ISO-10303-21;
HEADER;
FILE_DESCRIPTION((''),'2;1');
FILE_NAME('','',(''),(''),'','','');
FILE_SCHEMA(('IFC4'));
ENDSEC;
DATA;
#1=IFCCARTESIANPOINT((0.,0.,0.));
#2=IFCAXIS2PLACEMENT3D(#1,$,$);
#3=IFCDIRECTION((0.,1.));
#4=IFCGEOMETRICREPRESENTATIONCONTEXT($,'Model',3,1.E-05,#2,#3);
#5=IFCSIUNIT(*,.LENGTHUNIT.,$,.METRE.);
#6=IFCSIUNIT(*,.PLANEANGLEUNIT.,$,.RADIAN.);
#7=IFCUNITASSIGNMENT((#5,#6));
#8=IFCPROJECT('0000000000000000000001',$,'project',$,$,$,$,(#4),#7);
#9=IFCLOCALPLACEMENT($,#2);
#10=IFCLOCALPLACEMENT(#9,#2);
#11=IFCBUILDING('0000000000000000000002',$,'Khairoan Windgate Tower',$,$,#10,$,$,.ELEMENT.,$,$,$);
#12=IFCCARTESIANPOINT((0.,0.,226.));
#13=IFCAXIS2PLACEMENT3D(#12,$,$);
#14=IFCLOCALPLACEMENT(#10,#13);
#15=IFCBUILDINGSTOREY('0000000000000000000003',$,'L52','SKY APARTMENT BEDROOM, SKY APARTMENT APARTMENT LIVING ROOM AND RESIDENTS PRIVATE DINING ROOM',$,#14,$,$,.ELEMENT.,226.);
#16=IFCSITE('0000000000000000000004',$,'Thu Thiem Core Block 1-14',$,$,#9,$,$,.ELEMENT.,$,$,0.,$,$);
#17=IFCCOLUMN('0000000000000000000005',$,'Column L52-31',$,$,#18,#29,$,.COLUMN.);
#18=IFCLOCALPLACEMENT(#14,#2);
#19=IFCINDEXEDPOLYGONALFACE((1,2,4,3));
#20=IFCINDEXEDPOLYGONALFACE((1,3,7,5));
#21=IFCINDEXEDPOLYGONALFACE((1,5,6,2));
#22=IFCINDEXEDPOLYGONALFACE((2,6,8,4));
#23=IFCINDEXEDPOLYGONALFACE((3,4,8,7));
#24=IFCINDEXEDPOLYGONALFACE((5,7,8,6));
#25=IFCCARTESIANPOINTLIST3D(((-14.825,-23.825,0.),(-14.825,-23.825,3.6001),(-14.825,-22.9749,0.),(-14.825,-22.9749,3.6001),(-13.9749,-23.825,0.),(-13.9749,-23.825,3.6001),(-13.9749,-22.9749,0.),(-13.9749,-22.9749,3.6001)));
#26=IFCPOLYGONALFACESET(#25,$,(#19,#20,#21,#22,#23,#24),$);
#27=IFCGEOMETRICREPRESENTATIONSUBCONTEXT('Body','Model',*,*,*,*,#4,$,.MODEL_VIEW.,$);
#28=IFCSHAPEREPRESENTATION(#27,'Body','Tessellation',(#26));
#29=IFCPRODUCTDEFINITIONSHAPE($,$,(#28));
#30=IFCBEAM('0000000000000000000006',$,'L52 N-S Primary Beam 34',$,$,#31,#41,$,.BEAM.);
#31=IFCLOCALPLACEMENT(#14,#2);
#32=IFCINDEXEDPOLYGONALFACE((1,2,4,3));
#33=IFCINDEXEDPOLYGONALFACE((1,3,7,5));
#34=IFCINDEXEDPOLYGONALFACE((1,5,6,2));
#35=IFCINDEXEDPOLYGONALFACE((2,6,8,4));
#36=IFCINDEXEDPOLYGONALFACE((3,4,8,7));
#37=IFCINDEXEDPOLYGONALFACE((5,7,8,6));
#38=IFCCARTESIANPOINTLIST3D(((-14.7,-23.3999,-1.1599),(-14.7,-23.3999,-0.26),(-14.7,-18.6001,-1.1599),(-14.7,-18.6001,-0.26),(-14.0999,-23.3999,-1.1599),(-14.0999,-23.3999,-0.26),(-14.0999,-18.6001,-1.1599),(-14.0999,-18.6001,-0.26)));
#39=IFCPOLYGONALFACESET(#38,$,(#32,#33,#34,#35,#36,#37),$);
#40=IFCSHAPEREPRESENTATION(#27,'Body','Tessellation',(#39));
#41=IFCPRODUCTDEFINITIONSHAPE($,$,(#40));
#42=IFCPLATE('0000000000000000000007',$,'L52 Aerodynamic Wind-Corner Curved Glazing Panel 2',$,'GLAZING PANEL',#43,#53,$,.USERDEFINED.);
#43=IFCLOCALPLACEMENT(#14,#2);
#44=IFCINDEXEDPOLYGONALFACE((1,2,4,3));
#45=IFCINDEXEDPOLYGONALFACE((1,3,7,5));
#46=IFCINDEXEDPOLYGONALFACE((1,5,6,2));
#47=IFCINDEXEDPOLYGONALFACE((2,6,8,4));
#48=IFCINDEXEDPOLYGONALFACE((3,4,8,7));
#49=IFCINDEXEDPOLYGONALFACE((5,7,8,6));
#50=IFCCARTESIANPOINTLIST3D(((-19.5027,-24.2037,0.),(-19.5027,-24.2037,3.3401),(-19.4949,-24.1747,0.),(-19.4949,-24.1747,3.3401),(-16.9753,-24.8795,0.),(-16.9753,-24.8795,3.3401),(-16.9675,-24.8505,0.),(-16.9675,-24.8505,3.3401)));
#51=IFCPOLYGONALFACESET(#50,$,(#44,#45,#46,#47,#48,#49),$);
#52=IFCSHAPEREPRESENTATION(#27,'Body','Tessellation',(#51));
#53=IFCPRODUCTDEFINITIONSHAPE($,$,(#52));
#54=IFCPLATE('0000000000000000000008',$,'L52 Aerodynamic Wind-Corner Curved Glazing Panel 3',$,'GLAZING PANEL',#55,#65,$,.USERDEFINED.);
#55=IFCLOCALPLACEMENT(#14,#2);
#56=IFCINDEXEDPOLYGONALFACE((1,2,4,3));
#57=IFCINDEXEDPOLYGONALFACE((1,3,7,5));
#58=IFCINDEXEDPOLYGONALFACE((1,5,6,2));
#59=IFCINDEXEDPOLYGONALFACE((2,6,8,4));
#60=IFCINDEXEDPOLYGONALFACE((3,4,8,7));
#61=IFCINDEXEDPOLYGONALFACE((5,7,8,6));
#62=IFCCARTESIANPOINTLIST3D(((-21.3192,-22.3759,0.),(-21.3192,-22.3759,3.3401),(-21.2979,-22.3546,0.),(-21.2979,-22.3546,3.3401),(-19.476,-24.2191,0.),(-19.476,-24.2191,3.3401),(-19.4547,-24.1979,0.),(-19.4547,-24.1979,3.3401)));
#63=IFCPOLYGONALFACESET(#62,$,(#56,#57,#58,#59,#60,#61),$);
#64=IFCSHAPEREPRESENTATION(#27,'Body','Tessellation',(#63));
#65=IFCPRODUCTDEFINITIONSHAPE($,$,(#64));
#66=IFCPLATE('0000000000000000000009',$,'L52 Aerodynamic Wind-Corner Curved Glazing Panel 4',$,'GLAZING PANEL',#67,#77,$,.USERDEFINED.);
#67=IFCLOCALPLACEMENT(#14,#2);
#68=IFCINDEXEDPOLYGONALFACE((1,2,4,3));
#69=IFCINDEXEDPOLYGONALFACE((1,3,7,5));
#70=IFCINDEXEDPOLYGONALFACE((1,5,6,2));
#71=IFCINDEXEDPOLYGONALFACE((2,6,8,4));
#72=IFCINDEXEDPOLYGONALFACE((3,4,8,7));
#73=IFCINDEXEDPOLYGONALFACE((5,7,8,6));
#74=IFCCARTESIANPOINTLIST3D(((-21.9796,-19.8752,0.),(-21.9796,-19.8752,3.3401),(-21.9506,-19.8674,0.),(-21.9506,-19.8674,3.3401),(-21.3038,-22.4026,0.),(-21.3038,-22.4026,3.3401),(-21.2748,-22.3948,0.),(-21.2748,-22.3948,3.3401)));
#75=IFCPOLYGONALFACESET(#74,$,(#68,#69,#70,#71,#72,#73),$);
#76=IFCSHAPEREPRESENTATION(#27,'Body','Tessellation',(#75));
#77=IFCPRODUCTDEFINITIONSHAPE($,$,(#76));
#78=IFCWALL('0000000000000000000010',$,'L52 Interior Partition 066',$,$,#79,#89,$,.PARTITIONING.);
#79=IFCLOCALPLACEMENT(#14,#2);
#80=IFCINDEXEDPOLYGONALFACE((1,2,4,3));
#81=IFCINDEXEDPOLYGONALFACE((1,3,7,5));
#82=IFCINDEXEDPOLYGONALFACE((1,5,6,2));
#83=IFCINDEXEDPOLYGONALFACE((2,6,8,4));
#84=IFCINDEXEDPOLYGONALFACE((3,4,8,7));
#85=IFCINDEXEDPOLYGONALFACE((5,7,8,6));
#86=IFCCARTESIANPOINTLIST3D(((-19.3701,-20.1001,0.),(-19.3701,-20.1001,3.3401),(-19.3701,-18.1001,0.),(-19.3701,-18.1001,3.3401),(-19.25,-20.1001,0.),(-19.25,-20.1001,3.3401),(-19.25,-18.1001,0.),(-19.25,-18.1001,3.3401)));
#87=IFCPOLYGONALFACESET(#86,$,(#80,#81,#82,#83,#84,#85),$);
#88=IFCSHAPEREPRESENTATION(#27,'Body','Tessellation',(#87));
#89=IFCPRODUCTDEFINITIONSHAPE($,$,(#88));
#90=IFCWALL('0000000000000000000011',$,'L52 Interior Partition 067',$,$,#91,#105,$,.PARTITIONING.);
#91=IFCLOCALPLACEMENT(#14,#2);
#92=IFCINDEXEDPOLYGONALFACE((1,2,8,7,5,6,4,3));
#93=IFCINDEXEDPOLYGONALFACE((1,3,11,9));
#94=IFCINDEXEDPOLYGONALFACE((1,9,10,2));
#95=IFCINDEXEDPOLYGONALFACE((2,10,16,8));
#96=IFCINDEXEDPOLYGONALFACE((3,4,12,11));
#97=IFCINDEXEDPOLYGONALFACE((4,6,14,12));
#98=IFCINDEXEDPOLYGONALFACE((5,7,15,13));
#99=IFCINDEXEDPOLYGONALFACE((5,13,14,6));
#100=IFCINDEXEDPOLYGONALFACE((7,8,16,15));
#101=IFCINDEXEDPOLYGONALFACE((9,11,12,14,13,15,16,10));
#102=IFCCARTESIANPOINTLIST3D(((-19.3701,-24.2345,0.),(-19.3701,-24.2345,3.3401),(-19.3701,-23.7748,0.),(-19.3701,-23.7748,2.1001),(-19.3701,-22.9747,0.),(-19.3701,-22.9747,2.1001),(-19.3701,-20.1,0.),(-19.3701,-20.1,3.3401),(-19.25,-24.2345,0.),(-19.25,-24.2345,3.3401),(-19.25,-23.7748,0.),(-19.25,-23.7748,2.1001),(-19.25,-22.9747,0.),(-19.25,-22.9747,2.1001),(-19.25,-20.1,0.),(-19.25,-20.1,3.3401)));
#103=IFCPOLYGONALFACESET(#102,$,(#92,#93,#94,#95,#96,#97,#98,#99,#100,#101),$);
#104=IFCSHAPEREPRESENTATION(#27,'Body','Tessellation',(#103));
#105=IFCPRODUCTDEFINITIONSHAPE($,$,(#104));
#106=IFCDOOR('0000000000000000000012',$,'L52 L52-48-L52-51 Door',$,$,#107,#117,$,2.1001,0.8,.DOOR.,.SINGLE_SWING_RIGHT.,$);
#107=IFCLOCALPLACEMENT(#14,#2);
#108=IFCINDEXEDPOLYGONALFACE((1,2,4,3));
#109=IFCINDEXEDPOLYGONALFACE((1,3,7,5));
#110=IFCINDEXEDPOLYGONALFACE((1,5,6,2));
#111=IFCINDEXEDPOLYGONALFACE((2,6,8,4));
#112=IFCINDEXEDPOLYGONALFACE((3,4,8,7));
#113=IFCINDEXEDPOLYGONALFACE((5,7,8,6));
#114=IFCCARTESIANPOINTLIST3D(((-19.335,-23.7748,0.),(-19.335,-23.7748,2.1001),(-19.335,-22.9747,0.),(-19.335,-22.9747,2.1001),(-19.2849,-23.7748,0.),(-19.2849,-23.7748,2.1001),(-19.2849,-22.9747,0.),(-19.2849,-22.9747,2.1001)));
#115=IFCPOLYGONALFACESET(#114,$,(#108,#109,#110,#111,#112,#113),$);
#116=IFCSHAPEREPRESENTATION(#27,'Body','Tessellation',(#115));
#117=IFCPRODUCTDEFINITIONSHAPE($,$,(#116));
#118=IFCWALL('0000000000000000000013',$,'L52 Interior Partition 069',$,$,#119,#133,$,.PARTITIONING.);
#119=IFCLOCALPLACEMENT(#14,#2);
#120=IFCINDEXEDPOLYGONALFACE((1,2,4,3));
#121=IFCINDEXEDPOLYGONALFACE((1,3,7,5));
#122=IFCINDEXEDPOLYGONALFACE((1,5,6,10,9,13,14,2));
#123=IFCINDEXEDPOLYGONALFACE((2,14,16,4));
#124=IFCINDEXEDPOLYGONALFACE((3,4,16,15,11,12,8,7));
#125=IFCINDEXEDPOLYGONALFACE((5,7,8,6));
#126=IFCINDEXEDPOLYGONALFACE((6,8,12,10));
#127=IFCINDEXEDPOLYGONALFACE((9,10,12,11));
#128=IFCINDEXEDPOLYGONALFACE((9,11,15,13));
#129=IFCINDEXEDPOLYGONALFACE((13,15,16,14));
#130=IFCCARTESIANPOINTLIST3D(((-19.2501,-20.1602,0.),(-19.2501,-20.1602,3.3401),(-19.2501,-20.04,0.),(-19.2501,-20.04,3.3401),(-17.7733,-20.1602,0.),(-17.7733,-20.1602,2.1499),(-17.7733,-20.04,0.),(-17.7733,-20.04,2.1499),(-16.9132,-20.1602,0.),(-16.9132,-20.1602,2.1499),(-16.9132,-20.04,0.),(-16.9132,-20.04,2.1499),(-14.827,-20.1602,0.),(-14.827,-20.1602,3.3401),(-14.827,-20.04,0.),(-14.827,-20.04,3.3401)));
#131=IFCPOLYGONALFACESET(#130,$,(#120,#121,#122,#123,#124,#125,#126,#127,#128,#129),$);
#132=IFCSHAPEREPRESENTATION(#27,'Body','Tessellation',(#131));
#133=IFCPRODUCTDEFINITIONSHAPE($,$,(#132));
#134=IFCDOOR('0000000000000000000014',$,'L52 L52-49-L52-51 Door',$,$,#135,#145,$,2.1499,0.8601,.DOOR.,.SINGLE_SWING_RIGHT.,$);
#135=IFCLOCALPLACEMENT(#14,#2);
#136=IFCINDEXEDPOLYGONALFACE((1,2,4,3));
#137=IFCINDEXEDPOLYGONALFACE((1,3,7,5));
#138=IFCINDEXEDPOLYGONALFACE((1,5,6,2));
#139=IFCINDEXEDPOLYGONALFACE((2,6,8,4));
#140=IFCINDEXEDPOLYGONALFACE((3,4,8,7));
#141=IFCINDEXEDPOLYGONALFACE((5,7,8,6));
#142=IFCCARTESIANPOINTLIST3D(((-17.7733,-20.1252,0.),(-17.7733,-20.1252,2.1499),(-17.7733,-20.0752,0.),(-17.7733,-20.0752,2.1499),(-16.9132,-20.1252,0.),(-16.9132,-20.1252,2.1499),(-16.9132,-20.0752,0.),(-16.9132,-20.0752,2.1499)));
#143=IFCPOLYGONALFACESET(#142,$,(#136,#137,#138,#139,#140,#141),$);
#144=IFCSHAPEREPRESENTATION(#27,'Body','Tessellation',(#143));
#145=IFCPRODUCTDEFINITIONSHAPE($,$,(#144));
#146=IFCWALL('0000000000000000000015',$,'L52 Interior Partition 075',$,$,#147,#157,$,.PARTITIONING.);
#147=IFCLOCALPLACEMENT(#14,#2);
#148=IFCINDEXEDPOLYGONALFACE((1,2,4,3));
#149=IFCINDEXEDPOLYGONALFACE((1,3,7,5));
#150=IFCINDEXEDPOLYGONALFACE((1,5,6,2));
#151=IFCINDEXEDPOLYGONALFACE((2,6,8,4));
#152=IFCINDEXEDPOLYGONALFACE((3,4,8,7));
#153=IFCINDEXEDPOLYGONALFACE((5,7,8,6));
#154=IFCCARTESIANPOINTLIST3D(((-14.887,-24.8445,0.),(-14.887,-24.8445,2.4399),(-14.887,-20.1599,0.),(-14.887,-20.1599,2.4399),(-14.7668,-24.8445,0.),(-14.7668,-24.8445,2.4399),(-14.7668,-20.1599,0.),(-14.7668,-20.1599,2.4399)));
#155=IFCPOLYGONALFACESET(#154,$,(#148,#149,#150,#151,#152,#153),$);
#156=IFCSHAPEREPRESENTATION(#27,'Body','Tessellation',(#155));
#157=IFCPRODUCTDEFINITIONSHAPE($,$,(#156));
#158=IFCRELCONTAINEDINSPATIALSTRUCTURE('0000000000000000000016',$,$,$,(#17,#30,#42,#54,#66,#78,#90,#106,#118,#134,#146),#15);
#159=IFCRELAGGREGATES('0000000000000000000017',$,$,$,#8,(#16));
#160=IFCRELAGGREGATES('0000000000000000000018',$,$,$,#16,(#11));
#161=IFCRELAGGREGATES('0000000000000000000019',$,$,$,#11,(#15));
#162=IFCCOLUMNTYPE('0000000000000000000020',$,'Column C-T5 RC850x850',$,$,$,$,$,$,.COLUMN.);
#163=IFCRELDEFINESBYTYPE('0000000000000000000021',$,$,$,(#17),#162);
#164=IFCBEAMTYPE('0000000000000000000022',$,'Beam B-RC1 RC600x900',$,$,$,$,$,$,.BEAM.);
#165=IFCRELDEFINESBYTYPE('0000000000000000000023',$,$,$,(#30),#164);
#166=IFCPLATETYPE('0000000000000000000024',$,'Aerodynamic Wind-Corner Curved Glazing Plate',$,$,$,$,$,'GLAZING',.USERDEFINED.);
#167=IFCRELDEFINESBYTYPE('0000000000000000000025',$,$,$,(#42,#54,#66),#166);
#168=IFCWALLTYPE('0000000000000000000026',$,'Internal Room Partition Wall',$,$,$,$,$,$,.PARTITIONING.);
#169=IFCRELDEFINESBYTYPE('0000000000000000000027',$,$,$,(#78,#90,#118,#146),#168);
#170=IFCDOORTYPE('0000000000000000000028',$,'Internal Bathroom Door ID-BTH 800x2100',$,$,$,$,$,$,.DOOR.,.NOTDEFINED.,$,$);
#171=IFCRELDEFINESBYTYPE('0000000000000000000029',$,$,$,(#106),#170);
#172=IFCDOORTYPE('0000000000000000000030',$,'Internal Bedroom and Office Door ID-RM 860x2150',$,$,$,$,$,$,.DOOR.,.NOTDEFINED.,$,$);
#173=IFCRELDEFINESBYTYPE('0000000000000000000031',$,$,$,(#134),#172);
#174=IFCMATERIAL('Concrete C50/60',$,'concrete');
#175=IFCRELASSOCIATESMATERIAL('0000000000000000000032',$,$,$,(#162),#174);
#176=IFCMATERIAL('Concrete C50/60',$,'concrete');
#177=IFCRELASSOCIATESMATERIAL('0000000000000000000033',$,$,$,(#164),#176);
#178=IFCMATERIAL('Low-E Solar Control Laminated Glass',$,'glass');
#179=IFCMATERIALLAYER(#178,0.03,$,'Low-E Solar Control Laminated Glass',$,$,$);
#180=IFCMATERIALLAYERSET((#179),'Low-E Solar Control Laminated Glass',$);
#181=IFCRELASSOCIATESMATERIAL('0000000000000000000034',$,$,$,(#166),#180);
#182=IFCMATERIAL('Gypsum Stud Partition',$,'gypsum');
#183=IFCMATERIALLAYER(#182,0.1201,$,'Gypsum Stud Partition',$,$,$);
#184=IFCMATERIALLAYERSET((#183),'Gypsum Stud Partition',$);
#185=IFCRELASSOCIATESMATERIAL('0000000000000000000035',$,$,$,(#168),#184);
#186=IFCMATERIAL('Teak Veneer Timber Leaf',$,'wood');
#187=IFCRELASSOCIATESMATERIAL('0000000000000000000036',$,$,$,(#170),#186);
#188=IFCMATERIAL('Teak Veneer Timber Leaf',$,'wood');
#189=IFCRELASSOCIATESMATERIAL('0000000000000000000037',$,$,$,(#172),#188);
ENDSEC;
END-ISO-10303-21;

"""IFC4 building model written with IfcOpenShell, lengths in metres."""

from ifc_helpers import new_model, si_unit, direction, frame, frame_2d, origin, origin_2d, place, context, subcontext, project, spatial, rectangle, extrude, material, layer, layer_set, material_profile, profile_set, type_object, element, fill, save


model = new_model("IFC4")

# Units and contexts
model_context = context("Model", 3, precision=1e-05, world=origin(), true_north=direction((0.0, 1.0)))
body_context = subcontext(model_context, "Body", "Model", "MODEL_VIEW")
ifc_project = project(units=[si_unit("LENGTHUNIT", "METRE"), si_unit("PLANEANGLEUNIT", "RADIAN")], contexts=[model_context])

# Site, building, storey
site_placement = place(None, origin())
site = spatial("IfcSite", under=ifc_project, at=site_placement, Name="Thu Thiem Core Block 1-14", CompositionType="ELEMENT", RefElevation=0.0)
building_placement = place(site_placement, origin())
building = spatial("IfcBuilding", under=site, at=building_placement, Name="Khairoan Windgate Tower", CompositionType="ELEMENT")
storey_placement = place(building_placement, frame((0.0, 0.0, 226.0)))
storey = spatial("IfcBuildingStorey", under=building, at=storey_placement, Name="L52", Description="SKY APARTMENT BEDROOM, SKY APARTMENT APARTMENT LIVING ROOM AND RESIDENTS PRIVATE DINING ROOM", CompositionType="ELEMENT", Elevation=226.0)

# Column
ifc_material_1 = material(Name="Concrete C50/60", Category="concrete")
ifc_material_profile_1 = material_profile(ifc_material_1, rectangle(XDim=0.8501, YDim=0.8501, at=origin_2d()))
ifc_profile_set_1 = profile_set([ifc_material_profile_1], Name="Concrete C50/60")
column_type = type_object("IfcColumnType", Name="Column C-T5 RC850x850", PredefinedType="COLUMN", material=ifc_profile_set_1)
column_placement = place(storey_placement, frame((-14.3999, -23.3999, 0.0), z_axis=(0.0, 0.0, 1.0), x_axis=(1.0, 0.0, 0.0)))
element("IfcColumn", 1, at=column_placement, inside=storey, type_object=column_type, Name="Column L52-31", PredefinedType="COLUMN", context=body_context, shape_type="SweptSolid", body=[
    extrude(rectangle(XDim=0.8501, YDim=0.8501, at=origin_2d()), origin(), (0.0, 0.0, 1.0), 3.6001),
])

# Beam
ifc_material_2 = material(Name="Concrete C50/60", Category="concrete")
ifc_material_profile_2 = material_profile(ifc_material_2, rectangle(XDim=0.6001, YDim=0.8999, at=origin_2d()))
ifc_profile_set_2 = profile_set([ifc_material_profile_2], Name="Concrete C50/60")
beam_type = type_object("IfcBeamType", Name="Beam B-RC1 RC600x900", PredefinedType="BEAM", material=ifc_profile_set_2)
beam_placement = place(storey_placement, frame((-14.3999, -23.3999, -0.71), z_axis=(0.0, 1.0, 0.0), x_axis=(-1.0, 0.0, 0.0)))
element("IfcBeam", 2, at=beam_placement, inside=storey, type_object=beam_type, Name="L52 N-S Primary Beam 34", PredefinedType="BEAM", context=body_context, shape_type="SweptSolid", body=[
    extrude(rectangle(XDim=0.6001, YDim=0.8999, at=origin_2d()), origin(), (0.0, 0.0, 1.0), 4.7998),
])

# Plates
ifc_material_3 = material(Name="Low-E Solar Control Laminated Glass", Category="glass")
ifc_layer_1 = layer(ifc_material_3, 0.03, Name="Low-E Solar Control Laminated Glass")
ifc_layer_set_1 = layer_set([ifc_layer_1], Name="Low-E Solar Control Laminated Glass")
plate_type = type_object("IfcPlateType", Name="Aerodynamic Wind-Corner Curved Glazing Plate", ElementType="GLAZING", PredefinedType="USERDEFINED", material=ifc_layer_set_1)
plate_1_placement = place(storey_placement, frame((-18.2351, -24.5271, 0.0), z_axis=(0.0, 0.0, 1.0), x_axis=(-0.966061, 0.258313, 0.0)))
element("IfcPlate", 3, at=plate_1_placement, inside=storey, type_object=plate_type, Name="L52 Aerodynamic Wind-Corner Curved Glazing Panel 2", ObjectType="GLAZING PANEL", PredefinedType="USERDEFINED", context=body_context, shape_type="SweptSolid", body=[
    extrude(rectangle(XDim=2.6162, YDim=0.03, at=origin_2d()), origin(), (0.0, 0.0, 1.0), 3.3401),
])
plate_2_placement = place(storey_placement, frame((-20.387, -23.2869, 0.0), z_axis=(0.0, 0.0, 1.0), x_axis=(-0.707107, 0.707107, 0.0)))
element("IfcPlate", 4, at=plate_2_placement, inside=storey, type_object=plate_type, Name="L52 Aerodynamic Wind-Corner Curved Glazing Panel 3", ObjectType="GLAZING PANEL", PredefinedType="USERDEFINED", context=body_context, shape_type="SweptSolid", body=[
    extrude(rectangle(XDim=2.6067, YDim=0.03, at=origin_2d()), origin(), (0.0, 0.0, 1.0), 3.3401),
])
plate_3_placement = place(storey_placement, frame((-21.6272, -21.135, 0.0), z_axis=(0.0, 0.0, 1.0), x_axis=(-0.258313, 0.966061, 0.0)))
element("IfcPlate", 5, at=plate_3_placement, inside=storey, type_object=plate_type, Name="L52 Aerodynamic Wind-Corner Curved Glazing Panel 4", ObjectType="GLAZING PANEL", PredefinedType="USERDEFINED", context=body_context, shape_type="SweptSolid", body=[
    extrude(rectangle(XDim=2.6162, YDim=0.03, at=origin_2d()), origin(), (0.0, 0.0, 1.0), 3.3401),
])

# Wall
ifc_material_4 = material(Name="Gypsum Stud Partition", Category="gypsum")
ifc_layer_2 = layer(ifc_material_4, 0.1201, Name="Gypsum Stud Partition")
ifc_layer_set_2 = layer_set([ifc_layer_2], Name="Gypsum Stud Partition")
wall_type = type_object("IfcWallType", Name="Internal Room Partition Wall", PredefinedType="PARTITIONING", material=ifc_layer_set_2)
wall_1_placement = place(storey_placement, frame((-19.3101, -20.1001, 0.0), z_axis=(0.0, 0.0, 1.0), x_axis=(0.0, 1.0, 0.0)))
element("IfcWall", 6, at=wall_1_placement, inside=storey, type_object=wall_type, Name="L52 Interior Partition 066", PredefinedType="PARTITIONING", context=body_context, shape_type="SweptSolid", body=[
    extrude(rectangle(XDim=2.0, YDim=0.1201, at=frame_2d((1.0, 0.0))), origin(), (0.0, 0.0, 1.0), 3.3401),
])

# Walls, openings, doors
wall_2_placement = place(storey_placement, frame((-19.3101, -24.2346, 0.0), z_axis=(0.0, 0.0, 1.0), x_axis=(0.0, 1.0, 0.0)))
wall_2 = element("IfcWall", 7, at=wall_2_placement, inside=storey, type_object=wall_type, Name="L52 Interior Partition 067", PredefinedType="PARTITIONING", context=body_context, shape_type="SweptSolid", body=[
    extrude(rectangle(XDim=4.1345, YDim=0.1201, at=frame_2d((2.0674, 0.0))), origin(), (0.0, 0.0, 1.0), 3.3401),
])
opening_1_placement = place(wall_2_placement, frame((0.46, 0.0, 0.0)))
opening_1 = element("IfcOpeningElement", 8, at=opening_1_placement, cuts=wall_2, PredefinedType="OPENING", context=body_context, shape_type="SweptSolid", body=[
    extrude(rectangle(XDim=0.8, YDim=2.1001, at=frame_2d((0.3999, 1.05))), frame((0.0, 0.0701, 0.0), z_axis=(0.0, -1.0, 0.0), x_axis=(1.0, 0.0, 0.0)), (0.0, 0.0, 1.0), 0.1401),
])
ifc_material_5 = material(Name="Teak Veneer Timber Leaf", Category="wood")
door_type_1 = type_object("IfcDoorType", Name="Internal Bathroom Door ID-BTH 800x2100", OperationType="NOTDEFINED", PredefinedType="DOOR", material=ifc_material_5)
door_1_placement = place(opening_1_placement, origin())
door_1 = element("IfcDoor", 9, at=door_1_placement, inside=storey, type_object=door_type_1, Name="L52 L52-48-L52-51 Door", OperationType="SINGLE_SWING_RIGHT", OverallHeight=2.1001, OverallWidth=0.8, PredefinedType="DOOR", context=body_context, shape_type="SweptSolid", body=[
    extrude(rectangle(XDim=0.8, YDim=2.1001, at=frame_2d((0.3999, 1.05))), frame((0.0, 0.0249, 0.0), z_axis=(0.0, -1.0, 0.0), x_axis=(1.0, 0.0, 0.0)), (0.0, 0.0, 1.0), 0.05),
])
fill(opening_1, door_1)
wall_3_placement = place(storey_placement, frame((-19.25, -20.1001, 0.0), z_axis=(0.0, 0.0, 1.0), x_axis=(1.0, 0.0, 0.0)))
wall_3 = element("IfcWall", 10, at=wall_3_placement, inside=storey, type_object=wall_type, Name="L52 Interior Partition 069", PredefinedType="PARTITIONING", context=body_context, shape_type="SweptSolid", body=[
    extrude(rectangle(XDim=4.4231, YDim=0.1201, at=frame_2d((2.2114, 0.0))), origin(), (0.0, 0.0, 1.0), 3.3401),
])
opening_2_placement = place(wall_3_placement, frame((1.4766, 0.0, 0.0)))
opening_2 = element("IfcOpeningElement", 11, at=opening_2_placement, cuts=wall_3, PredefinedType="OPENING", context=body_context, shape_type="SweptSolid", body=[
    extrude(rectangle(XDim=0.8601, YDim=2.1499, at=frame_2d((0.4302, 1.075))), frame((0.0, 0.0701, 0.0), z_axis=(0.0, -1.0, 0.0), x_axis=(1.0, 0.0, 0.0)), (0.0, 0.0, 1.0), 0.1401),
])
ifc_material_6 = material(Name="Teak Veneer Timber Leaf", Category="wood")
door_type_2 = type_object("IfcDoorType", Name="Internal Bedroom and Office Door ID-RM 860x2150", OperationType="NOTDEFINED", PredefinedType="DOOR", material=ifc_material_6)
door_2_placement = place(opening_2_placement, origin())
door_2 = element("IfcDoor", 12, at=door_2_placement, inside=storey, type_object=door_type_2, Name="L52 L52-49-L52-51 Door", OperationType="SINGLE_SWING_RIGHT", OverallHeight=2.1499, OverallWidth=0.8601, PredefinedType="DOOR", context=body_context, shape_type="SweptSolid", body=[
    extrude(rectangle(XDim=0.8601, YDim=2.1499, at=frame_2d((0.4302, 1.075))), frame((0.0, 0.0249, 0.0), z_axis=(0.0, -1.0, 0.0), x_axis=(1.0, 0.0, 0.0)), (0.0, 0.0, 1.0), 0.05),
])
fill(opening_2, door_2)

# Wall
wall_4_placement = place(storey_placement, frame((-14.8269, -24.8445, 0.0), z_axis=(0.0, 0.0, 1.0), x_axis=(0.0, 1.0, 0.0)))
element("IfcWall", 13, at=wall_4_placement, inside=storey, type_object=wall_type, Name="L52 Interior Partition 075", PredefinedType="PARTITIONING", context=body_context, shape_type="SweptSolid", body=[
    extrude(rectangle(XDim=4.6846, YDim=0.1201, at=frame_2d((2.3423, 0.0))), origin(), (0.0, 0.0, 1.0), 2.4399),
])

save(model, "model.ifc")
